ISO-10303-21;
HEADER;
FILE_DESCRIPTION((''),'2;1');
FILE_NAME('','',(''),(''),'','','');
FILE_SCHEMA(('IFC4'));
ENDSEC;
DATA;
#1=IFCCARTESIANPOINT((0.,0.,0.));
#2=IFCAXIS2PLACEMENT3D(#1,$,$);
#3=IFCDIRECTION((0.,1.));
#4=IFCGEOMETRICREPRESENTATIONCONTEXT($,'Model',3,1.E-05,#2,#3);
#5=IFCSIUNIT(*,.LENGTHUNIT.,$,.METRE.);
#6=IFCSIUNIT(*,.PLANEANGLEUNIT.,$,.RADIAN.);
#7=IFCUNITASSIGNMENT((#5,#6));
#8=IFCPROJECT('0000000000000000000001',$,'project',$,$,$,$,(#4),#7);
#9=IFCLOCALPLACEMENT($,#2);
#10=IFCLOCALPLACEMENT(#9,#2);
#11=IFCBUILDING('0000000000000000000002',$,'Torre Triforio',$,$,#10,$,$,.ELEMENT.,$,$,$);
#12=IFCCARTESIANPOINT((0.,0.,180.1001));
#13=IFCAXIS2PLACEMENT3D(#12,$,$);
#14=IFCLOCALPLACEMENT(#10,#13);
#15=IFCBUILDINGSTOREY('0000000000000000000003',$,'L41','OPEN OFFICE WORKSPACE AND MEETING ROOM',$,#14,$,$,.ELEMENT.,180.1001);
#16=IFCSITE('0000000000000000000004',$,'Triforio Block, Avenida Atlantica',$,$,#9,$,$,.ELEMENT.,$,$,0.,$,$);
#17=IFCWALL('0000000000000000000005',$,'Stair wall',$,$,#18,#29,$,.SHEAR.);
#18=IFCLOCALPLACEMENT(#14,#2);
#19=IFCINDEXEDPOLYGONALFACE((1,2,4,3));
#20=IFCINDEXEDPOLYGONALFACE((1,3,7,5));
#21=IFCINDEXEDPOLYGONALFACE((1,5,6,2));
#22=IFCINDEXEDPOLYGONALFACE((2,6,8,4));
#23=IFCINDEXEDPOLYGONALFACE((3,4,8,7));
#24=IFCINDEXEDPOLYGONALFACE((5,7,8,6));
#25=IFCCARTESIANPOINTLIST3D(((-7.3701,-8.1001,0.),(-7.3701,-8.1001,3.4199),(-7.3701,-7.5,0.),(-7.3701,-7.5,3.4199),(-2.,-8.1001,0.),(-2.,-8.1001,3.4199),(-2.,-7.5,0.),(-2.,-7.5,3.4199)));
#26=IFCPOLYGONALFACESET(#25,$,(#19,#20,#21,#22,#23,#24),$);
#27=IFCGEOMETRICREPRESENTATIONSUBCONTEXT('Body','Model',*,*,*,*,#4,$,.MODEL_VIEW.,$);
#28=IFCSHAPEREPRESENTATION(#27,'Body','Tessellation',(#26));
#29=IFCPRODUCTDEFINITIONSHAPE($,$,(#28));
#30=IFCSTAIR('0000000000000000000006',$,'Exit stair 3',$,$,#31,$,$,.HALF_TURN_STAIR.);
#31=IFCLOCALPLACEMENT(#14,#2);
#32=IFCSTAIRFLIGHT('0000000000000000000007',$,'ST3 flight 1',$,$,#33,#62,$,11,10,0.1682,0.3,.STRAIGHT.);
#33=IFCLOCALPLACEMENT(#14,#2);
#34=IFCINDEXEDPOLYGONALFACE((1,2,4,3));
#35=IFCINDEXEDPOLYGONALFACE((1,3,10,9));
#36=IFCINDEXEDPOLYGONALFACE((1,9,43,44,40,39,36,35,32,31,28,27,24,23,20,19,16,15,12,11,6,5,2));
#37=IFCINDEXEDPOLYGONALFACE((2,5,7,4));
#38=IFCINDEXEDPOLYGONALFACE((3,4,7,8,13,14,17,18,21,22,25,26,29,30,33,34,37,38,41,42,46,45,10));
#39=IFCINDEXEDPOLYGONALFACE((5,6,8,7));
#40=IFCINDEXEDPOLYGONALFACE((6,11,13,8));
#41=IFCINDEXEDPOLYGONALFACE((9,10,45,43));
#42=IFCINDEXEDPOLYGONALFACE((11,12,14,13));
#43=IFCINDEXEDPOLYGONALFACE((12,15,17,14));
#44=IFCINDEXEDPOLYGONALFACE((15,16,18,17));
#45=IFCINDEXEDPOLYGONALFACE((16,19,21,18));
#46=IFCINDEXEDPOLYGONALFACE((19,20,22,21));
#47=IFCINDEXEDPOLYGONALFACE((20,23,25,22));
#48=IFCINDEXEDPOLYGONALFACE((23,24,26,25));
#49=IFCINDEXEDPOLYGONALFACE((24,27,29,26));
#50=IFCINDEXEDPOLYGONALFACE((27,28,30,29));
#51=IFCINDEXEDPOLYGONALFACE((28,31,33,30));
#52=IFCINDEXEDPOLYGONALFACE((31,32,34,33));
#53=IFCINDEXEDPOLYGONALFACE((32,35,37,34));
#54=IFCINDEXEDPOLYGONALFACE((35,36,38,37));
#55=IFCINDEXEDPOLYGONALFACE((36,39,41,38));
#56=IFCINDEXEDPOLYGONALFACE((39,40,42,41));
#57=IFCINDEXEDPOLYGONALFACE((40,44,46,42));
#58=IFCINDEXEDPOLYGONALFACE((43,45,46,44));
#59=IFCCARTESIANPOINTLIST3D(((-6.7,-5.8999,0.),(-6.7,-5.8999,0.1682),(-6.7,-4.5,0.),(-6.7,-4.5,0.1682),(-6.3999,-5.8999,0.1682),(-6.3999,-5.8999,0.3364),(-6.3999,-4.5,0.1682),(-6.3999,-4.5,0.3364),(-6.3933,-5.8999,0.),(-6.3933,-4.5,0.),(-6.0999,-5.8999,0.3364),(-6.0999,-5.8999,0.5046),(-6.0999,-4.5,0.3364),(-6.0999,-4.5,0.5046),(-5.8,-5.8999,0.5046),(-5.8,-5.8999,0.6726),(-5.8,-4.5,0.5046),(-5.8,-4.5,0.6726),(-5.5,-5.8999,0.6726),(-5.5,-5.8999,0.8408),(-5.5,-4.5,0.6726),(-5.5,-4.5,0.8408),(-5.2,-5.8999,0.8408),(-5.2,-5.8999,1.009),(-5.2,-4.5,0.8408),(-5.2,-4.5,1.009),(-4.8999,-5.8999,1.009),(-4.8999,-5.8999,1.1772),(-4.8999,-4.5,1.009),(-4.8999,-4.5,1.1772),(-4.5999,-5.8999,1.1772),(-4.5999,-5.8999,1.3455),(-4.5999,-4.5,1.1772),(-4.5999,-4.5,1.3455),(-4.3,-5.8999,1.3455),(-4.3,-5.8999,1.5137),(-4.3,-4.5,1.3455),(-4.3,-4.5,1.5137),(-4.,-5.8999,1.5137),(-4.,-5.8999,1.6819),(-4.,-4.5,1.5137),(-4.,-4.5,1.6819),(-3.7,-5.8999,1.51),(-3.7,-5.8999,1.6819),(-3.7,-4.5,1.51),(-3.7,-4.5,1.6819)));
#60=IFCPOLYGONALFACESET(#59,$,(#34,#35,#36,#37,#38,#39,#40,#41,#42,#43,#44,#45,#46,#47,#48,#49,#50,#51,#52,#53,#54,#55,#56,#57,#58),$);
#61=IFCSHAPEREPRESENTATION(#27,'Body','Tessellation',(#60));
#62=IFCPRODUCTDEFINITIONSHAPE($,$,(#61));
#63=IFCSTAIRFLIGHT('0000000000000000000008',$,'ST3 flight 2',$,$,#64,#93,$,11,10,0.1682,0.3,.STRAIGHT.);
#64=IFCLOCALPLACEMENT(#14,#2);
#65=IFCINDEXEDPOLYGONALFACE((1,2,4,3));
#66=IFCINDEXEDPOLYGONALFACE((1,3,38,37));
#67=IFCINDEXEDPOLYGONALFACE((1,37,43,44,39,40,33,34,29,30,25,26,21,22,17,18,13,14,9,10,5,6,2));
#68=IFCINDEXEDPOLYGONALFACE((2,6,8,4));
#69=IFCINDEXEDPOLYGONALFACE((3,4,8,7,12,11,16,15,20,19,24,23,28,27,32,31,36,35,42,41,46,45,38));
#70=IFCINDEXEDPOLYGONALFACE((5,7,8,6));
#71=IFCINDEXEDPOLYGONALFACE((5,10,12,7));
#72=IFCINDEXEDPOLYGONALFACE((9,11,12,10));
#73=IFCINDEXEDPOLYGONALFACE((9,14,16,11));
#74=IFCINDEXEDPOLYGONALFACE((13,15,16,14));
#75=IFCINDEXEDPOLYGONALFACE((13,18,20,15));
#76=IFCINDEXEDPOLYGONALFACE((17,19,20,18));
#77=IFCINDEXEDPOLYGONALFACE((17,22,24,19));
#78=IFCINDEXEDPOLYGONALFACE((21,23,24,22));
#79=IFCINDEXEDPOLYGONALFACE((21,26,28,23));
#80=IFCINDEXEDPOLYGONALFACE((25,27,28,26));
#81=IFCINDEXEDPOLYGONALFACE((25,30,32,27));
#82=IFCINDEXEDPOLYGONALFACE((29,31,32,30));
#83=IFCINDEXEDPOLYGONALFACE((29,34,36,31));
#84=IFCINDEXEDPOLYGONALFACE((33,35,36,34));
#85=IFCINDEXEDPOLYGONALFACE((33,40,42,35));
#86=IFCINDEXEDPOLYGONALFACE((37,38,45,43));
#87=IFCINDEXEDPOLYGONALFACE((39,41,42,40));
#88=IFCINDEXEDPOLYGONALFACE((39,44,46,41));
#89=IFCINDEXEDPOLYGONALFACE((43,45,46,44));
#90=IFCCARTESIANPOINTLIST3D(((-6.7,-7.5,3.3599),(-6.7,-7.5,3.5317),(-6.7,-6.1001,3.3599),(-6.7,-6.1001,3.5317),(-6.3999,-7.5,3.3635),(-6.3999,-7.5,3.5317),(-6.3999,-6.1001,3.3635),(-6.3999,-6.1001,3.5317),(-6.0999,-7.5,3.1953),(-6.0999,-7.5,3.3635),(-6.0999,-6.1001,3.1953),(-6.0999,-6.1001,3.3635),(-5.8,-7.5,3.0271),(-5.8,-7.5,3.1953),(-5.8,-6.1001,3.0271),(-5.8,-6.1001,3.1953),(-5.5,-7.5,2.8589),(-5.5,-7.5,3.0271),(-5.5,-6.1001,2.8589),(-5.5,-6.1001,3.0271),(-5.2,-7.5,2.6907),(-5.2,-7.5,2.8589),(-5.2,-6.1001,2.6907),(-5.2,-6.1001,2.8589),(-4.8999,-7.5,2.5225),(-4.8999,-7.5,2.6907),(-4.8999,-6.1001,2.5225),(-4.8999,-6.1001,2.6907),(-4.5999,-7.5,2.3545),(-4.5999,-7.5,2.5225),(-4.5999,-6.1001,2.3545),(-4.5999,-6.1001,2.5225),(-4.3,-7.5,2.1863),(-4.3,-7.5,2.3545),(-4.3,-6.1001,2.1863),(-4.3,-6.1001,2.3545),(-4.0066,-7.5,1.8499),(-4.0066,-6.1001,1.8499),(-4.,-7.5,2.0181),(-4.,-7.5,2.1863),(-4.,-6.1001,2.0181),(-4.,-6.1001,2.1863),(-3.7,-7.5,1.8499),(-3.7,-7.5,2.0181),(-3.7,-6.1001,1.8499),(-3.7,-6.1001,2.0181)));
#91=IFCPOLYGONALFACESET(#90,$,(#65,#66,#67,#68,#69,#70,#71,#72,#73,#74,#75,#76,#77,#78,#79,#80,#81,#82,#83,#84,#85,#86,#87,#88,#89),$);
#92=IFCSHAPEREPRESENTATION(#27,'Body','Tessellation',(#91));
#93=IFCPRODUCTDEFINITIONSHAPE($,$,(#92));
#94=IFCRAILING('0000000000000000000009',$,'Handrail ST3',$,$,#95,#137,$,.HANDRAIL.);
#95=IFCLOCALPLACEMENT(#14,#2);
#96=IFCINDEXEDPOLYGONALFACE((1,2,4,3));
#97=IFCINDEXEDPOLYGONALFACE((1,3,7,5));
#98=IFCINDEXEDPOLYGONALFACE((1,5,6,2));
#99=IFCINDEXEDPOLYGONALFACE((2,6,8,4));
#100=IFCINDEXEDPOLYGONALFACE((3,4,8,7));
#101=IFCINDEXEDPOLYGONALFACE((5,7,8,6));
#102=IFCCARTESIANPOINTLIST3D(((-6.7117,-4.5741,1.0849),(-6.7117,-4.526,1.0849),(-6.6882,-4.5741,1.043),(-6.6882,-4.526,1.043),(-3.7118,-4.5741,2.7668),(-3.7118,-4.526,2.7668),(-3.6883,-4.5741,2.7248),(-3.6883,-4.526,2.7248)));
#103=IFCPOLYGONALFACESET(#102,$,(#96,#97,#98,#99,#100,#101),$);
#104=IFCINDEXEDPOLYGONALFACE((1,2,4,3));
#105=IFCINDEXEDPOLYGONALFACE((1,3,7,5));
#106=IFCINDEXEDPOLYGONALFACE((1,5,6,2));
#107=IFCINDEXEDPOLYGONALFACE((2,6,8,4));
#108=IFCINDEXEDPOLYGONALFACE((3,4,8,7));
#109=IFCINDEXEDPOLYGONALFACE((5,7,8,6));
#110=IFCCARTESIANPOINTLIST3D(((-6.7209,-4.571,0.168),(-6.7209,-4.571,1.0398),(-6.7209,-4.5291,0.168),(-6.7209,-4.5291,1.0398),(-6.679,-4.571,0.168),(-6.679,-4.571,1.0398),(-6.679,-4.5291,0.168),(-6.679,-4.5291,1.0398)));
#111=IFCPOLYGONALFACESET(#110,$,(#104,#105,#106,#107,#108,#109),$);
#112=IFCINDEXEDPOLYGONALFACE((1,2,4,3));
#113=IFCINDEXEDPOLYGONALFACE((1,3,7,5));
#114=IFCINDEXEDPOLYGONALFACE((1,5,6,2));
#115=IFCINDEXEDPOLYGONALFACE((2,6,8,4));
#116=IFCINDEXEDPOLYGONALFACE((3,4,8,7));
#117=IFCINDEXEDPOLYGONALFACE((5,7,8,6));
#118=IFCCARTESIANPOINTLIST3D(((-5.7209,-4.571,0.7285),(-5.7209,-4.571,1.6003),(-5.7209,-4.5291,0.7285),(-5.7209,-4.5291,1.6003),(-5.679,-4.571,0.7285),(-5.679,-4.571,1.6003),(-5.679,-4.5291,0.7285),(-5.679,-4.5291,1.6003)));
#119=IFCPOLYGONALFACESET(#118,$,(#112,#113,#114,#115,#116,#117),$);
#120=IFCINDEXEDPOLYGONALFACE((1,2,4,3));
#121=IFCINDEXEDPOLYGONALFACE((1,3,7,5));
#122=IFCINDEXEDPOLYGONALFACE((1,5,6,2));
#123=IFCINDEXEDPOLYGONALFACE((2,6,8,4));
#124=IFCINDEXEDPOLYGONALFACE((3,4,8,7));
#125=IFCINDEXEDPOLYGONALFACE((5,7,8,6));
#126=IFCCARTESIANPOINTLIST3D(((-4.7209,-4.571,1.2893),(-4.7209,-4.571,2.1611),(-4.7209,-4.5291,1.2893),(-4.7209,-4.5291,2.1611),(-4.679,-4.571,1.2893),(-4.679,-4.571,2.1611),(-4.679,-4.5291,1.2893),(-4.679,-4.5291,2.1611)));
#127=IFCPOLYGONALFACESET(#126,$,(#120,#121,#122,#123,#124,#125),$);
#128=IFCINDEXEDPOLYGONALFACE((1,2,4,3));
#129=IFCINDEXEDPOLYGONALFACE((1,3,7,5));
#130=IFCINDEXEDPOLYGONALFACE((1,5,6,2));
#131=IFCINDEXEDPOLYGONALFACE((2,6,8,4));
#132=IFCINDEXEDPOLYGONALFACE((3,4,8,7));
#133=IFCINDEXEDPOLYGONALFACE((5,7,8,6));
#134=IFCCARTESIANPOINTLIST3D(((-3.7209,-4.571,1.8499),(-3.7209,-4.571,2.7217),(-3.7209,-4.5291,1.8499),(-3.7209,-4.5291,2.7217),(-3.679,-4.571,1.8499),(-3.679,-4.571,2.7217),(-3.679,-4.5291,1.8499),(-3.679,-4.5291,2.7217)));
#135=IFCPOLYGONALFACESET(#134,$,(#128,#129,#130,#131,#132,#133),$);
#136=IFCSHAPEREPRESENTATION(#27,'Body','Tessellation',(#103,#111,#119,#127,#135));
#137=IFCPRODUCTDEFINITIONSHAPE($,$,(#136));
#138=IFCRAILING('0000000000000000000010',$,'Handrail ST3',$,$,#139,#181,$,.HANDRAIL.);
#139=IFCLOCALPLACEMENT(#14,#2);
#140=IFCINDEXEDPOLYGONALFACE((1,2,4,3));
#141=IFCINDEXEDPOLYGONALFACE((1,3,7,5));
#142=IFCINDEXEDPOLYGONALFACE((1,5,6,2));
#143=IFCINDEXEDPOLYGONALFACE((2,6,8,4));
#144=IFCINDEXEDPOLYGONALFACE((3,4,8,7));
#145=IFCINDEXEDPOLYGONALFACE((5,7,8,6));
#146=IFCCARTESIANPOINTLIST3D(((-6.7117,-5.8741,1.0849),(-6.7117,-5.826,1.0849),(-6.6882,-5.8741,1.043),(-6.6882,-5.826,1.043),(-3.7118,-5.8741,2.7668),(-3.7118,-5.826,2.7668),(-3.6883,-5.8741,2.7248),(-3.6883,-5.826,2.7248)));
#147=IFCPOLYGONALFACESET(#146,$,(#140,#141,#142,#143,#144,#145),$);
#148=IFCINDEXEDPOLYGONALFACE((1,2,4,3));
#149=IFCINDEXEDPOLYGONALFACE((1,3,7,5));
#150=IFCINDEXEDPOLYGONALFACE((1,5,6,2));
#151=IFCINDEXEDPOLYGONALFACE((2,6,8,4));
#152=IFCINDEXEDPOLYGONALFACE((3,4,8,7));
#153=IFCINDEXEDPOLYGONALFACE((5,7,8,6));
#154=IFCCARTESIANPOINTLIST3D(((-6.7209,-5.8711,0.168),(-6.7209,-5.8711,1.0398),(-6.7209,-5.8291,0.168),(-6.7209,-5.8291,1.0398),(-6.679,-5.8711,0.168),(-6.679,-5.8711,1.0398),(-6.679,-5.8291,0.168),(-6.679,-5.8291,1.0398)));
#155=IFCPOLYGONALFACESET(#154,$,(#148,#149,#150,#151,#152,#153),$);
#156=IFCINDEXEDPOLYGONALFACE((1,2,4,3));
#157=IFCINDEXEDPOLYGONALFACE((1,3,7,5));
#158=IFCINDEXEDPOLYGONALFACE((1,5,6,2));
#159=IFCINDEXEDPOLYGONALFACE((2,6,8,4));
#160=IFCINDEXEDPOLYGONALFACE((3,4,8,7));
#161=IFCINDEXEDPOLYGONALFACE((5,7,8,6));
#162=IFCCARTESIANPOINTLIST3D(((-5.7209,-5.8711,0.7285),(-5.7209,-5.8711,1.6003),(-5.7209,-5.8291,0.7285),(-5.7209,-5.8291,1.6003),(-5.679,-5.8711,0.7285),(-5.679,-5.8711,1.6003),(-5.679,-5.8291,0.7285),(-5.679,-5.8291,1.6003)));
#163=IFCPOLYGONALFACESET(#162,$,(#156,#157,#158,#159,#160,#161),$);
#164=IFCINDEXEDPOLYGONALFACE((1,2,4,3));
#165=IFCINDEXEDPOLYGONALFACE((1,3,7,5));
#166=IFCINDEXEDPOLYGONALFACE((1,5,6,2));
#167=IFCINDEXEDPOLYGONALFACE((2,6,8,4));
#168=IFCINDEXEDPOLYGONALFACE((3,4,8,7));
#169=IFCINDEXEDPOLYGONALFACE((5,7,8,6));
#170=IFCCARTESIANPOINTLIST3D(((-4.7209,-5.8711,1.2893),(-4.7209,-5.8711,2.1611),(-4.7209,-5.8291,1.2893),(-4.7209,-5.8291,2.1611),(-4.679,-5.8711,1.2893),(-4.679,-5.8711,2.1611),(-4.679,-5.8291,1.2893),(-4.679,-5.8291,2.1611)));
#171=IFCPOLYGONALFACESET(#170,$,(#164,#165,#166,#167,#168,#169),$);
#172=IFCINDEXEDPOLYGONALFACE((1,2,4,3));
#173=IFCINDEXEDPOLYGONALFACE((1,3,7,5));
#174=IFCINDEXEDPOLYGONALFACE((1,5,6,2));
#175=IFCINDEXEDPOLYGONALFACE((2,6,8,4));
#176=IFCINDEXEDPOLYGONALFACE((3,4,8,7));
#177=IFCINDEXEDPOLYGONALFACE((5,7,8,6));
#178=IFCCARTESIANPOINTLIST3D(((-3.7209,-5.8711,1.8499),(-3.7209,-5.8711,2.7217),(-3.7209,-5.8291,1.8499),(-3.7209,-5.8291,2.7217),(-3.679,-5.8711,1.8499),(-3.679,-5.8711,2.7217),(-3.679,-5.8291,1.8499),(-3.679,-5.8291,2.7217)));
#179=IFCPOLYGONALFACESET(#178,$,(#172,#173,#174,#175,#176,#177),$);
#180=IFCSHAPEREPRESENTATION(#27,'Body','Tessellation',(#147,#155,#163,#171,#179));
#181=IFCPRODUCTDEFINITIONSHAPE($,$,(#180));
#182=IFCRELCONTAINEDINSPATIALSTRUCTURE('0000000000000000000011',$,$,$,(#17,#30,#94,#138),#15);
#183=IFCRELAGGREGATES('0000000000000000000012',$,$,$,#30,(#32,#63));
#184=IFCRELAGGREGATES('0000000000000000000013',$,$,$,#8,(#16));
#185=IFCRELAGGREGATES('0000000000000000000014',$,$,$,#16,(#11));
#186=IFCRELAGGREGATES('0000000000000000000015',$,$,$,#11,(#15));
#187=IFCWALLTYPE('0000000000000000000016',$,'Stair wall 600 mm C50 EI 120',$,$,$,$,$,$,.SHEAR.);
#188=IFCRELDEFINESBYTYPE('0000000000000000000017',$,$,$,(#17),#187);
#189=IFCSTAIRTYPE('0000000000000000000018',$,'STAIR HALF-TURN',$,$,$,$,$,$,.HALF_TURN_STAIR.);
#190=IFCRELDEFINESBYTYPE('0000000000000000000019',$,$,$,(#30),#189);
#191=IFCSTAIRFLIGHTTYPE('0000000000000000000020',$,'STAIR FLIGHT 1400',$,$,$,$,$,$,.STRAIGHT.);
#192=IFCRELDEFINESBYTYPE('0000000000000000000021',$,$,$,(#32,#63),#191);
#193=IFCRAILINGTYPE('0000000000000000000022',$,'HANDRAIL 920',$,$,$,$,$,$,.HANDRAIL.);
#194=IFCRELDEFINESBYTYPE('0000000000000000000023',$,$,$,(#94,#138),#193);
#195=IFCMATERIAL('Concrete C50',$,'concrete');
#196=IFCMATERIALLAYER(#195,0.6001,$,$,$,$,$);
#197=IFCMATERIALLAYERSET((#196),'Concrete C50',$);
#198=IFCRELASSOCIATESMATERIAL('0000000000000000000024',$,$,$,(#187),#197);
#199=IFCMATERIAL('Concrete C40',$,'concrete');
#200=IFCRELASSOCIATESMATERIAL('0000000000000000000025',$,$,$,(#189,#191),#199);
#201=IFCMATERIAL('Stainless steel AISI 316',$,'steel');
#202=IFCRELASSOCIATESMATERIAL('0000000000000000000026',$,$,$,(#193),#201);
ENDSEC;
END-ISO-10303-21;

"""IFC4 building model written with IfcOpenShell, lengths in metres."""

from ifc_helpers import new_model, si_unit, direction, frame, frame_2d, origin, origin_2d, place, context, subcontext, project, spatial, polyline, rectangle, outline, extrude, material, layer, layer_set, type_object, element, aggregate, save


model = new_model("IFC4")

# Units and contexts
model_context = context("Model", 3, precision=1e-05, world=origin(), true_north=direction((0.0, 1.0)))
body_context = subcontext(model_context, "Body", "Model", "MODEL_VIEW")
ifc_project = project(units=[si_unit("LENGTHUNIT", "METRE"), si_unit("PLANEANGLEUNIT", "RADIAN")], contexts=[model_context])

# Site, building, storey
site_placement = place(None, origin())
site = spatial("IfcSite", under=ifc_project, at=site_placement, Name="Triforio Block, Avenida Atlantica", CompositionType="ELEMENT", RefElevation=0.0)
building_placement = place(site_placement, origin())
building = spatial("IfcBuilding", under=site, at=building_placement, Name="Torre Triforio", CompositionType="ELEMENT")
storey_placement = place(building_placement, frame((0.0, 0.0, 180.1001)))
storey = spatial("IfcBuildingStorey", under=building, at=storey_placement, Name="L41", Description="OPEN OFFICE WORKSPACE AND MEETING ROOM", CompositionType="ELEMENT", Elevation=180.1001)

# Shared definitions
ifc_material_1 = material(Name="Concrete C40", Category="concrete")

# Shared definitions
ifc_material_2 = material(Name="Concrete C50", Category="concrete")

# Wall
ifc_layer_1 = layer(ifc_material_2, 0.6001)
ifc_layer_set_1 = layer_set([ifc_layer_1], Name="Concrete C50")
wall_type_1 = type_object("IfcWallType", Name="Stair wall 600 mm C50 EI 120", PredefinedType="SHEAR", material=ifc_layer_set_1)
wall_1_placement = place(storey_placement, frame((-7.3701, -7.8, 0.0), z_axis=(0.0, 0.0, 1.0), x_axis=(1.0, 0.0, 0.0)))
element("IfcWall", 1, at=wall_1_placement, inside=storey, type_object=wall_type_1, Name="Stair wall", PredefinedType="SHEAR", context=body_context, shape_type="SweptSolid", body=[
    extrude(rectangle(XDim=5.3701, YDim=0.6001, at=frame_2d((2.6851, 0.0))), origin(), (0.0, 0.0, 1.0), 3.4199),
])

# Stair, stair flights
stair_type = type_object("IfcStairType", Name="STAIR HALF-TURN", PredefinedType="HALF_TURN_STAIR", material=ifc_material_1)
stair_placement = place(storey_placement, origin())
stair = element("IfcStair", 2, at=stair_placement, inside=storey, type_object=stair_type, Name="Exit stair 3", PredefinedType="HALF_TURN_STAIR")
stair_flight_type = type_object("IfcStairFlightType", Name="STAIR FLIGHT 1400", PredefinedType="STRAIGHT", material=ifc_material_1)
stair_flight_1_placement = place(storey_placement, frame((-6.7, -5.2, 0.0), z_axis=(0.0, 0.0, 1.0), x_axis=(1.0, 0.0, 0.0)))
stair_flight_1 = element("IfcStairFlight", 3, at=stair_flight_1_placement, type_object=stair_flight_type, Name="ST3 flight 1", NumberOfRisers=11, NumberOfTreads=10, PredefinedType="STRAIGHT", RiserHeight=0.1682, TreadLength=0.3, context=body_context, shape_type="SweptSolid", body=[
    extrude(outline(polyline([(0.0, 0.0), (0.0, 0.1682), (0.3, 0.1682), (0.3, 0.3364), (0.6001, 0.3364), (0.6001, 0.5046), (0.8999, 0.5046), (0.8999, 0.6726), (1.2, 0.6726), (1.2, 0.8408), (1.5, 0.8408), (1.5, 1.009), (1.8, 1.009), (1.8, 1.1772), (2.1001, 1.1772), (2.1001, 1.3455), (2.3999, 1.3455), (2.3999, 1.5137), (2.7, 1.5137), (2.7, 1.6819), (3.0, 1.6819), (3.0, 1.8501), (3.0, 1.51), (0.3066, 0.0), (0.0, 0.0)])), frame((0.0, 0.7, 0.0), z_axis=(0.0, -1.0, 0.0), x_axis=(1.0, 0.0, 0.0)), (0.0, 0.0, 1.0), 1.3999),
])
stair_flight_2_placement = place(storey_placement, frame((-3.7, -6.8, 1.8499), z_axis=(0.0, 0.0, 1.0), x_axis=(-1.0, 0.0, 0.0)))
stair_flight_2 = element("IfcStairFlight", 4, at=stair_flight_2_placement, type_object=stair_flight_type, Name="ST3 flight 2", NumberOfRisers=11, NumberOfTreads=10, PredefinedType="STRAIGHT", RiserHeight=0.1682, TreadLength=0.3, context=body_context, shape_type="SweptSolid", body=[
    extrude(outline(polyline([(0.0, 0.0), (0.0, 0.1682), (0.3, 0.1682), (0.3, 0.3364), (0.6001, 0.3364), (0.6001, 0.5046), (0.8999, 0.5046), (0.8999, 0.6726), (1.2, 0.6726), (1.2, 0.8408), (1.5, 0.8408), (1.5, 1.009), (1.8, 1.009), (1.8, 1.1772), (2.1001, 1.1772), (2.1001, 1.3455), (2.3999, 1.3455), (2.3999, 1.5137), (2.7, 1.5137), (2.7, 1.6819), (3.0, 1.6819), (3.0, 1.8501), (3.0, 1.51), (0.3066, 0.0), (0.0, 0.0)])), frame((0.0, 0.7, 0.0), z_axis=(0.0, -1.0, 0.0), x_axis=(1.0, 0.0, 0.0)), (0.0, 0.0, 1.0), 1.3999),
])
aggregate(stair, [stair_flight_1, stair_flight_2])

# Railings
ifc_material_3 = material(Name="Stainless steel AISI 316", Category="steel")
railing_type = type_object("IfcRailingType", Name="HANDRAIL 920", PredefinedType="HANDRAIL", material=ifc_material_3)
for number, where, name in (
    (5, (-6.7, -4.55, 0.168), "Handrail ST3"),
    (6, (-6.7, -5.8501, 0.168), "Handrail ST3"),
):
    element("IfcRailing", number, at=place(storey_placement, frame(where)), inside=storey, type_object=railing_type, Name=name, PredefinedType="HANDRAIL", context=body_context, shape_type="SweptSolid", body=[
        extrude(rectangle(XDim=0.0481, YDim=0.0481, at=origin_2d()), frame((0.0, 0.0, 0.896), z_axis=(0.872272, 0.0, 0.48902), x_axis=(0.0, 1.0, 0.0)), (0.0, 0.0, 1.0), 3.4392),
        extrude(rectangle(XDim=0.042, YDim=0.042, at=origin_2d()), origin(), (0.0, 0.0, 1.0), 0.8718),
        extrude(rectangle(XDim=0.042, YDim=0.042, at=origin_2d()), frame((1.0, 0.0, 0.5605)), (0.0, 0.0, 1.0), 0.8718),
        extrude(rectangle(XDim=0.042, YDim=0.042, at=origin_2d()), frame((2.0, 0.0, 1.1213)), (0.0, 0.0, 1.0), 0.8718),
        extrude(rectangle(XDim=0.042, YDim=0.042, at=origin_2d()), frame((3.0, 0.0, 1.6819)), (0.0, 0.0, 1.0), 0.8718),
    ])

save(model, "model.ifc")
